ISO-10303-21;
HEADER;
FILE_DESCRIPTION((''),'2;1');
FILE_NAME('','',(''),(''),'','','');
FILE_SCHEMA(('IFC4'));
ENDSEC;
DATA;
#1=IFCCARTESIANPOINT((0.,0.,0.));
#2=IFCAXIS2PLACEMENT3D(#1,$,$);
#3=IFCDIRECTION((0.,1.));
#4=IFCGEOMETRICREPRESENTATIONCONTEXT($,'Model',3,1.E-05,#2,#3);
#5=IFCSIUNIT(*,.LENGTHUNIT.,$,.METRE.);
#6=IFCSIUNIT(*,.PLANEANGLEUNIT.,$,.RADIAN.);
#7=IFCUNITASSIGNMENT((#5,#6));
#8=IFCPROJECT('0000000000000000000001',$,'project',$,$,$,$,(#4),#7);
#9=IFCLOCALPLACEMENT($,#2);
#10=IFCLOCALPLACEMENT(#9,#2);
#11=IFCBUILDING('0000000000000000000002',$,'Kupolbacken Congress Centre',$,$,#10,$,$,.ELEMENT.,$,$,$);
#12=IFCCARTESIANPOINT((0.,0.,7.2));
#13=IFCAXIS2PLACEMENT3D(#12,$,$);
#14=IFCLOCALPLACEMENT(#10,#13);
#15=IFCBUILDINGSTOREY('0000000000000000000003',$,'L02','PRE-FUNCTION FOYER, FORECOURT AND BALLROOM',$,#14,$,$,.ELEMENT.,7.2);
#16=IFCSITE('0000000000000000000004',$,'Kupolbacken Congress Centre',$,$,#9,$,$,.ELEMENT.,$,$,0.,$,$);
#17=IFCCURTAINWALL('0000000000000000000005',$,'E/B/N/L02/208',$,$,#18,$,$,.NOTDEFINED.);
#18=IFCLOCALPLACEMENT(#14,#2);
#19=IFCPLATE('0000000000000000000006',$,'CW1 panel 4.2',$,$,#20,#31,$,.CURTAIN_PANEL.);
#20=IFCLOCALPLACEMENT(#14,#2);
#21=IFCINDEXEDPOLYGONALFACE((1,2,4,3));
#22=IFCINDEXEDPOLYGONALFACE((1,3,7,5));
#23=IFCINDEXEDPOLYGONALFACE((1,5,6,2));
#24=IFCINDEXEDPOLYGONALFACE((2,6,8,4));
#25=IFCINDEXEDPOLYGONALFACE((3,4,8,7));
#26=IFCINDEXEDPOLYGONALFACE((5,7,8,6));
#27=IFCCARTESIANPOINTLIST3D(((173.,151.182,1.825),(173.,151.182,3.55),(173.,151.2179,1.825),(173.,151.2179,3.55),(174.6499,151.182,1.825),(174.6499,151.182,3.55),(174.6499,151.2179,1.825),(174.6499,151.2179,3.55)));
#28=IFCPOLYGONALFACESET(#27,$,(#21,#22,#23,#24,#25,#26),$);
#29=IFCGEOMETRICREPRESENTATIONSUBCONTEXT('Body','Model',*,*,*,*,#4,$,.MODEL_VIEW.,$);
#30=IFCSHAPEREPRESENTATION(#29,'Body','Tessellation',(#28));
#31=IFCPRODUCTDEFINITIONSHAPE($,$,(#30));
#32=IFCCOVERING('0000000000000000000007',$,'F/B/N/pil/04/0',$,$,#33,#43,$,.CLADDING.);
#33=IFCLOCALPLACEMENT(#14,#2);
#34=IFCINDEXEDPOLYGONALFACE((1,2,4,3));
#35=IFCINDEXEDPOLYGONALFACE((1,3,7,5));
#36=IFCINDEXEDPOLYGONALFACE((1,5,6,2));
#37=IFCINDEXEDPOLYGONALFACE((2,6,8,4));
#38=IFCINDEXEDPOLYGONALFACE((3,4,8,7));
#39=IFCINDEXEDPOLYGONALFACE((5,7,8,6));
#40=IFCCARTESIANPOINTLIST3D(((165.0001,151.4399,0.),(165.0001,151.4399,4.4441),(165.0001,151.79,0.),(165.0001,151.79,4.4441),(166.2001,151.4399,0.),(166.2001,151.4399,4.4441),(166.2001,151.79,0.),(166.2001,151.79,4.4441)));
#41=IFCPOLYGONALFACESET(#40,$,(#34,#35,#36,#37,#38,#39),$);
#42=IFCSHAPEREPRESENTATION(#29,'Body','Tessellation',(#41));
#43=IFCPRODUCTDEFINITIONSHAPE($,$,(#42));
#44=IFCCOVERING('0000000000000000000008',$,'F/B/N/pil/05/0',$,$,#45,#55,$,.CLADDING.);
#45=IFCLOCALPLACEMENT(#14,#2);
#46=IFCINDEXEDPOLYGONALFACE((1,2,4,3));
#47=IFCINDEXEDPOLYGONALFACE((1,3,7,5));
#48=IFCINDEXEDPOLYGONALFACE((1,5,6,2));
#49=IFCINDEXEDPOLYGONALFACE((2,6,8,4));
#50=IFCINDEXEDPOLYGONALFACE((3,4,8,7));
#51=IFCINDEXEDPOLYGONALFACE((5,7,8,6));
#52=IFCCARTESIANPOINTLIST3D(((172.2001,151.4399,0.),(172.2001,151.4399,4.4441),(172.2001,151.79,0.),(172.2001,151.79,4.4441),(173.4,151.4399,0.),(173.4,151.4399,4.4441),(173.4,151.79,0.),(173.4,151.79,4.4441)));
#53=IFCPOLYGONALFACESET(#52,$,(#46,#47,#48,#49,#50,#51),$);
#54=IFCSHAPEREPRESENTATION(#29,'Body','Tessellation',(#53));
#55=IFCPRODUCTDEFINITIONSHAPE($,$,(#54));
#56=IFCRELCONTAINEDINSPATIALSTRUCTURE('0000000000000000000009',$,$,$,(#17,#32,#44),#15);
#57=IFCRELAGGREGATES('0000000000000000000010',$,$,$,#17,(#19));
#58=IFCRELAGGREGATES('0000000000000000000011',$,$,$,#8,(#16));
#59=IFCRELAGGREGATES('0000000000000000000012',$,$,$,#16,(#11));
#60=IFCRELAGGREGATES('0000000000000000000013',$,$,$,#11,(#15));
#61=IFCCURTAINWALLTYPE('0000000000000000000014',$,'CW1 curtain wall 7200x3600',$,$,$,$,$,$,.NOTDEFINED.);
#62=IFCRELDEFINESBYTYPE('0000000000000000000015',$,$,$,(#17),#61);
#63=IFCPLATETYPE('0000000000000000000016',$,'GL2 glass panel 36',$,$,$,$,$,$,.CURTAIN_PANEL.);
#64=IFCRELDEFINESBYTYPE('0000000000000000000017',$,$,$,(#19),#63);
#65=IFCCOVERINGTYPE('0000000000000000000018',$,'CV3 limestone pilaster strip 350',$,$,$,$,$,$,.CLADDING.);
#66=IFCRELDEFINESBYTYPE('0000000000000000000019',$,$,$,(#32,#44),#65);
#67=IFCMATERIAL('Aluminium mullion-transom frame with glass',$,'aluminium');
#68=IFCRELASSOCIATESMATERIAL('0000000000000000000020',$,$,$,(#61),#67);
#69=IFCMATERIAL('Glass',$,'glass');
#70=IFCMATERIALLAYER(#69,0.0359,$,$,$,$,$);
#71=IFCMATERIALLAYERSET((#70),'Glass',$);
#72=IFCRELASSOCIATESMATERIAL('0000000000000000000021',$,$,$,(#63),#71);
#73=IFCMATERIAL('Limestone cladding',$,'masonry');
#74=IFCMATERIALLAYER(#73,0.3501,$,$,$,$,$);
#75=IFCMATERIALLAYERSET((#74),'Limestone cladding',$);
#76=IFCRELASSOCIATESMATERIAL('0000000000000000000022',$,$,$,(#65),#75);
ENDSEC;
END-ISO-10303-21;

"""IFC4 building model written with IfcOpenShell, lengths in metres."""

from ifc_helpers import new_model, si_unit, direction, frame, origin, origin_2d, place, context, subcontext, project, spatial, rectangle, extrude, material, layer, layer_set, type_object, element, aggregate, save


model = new_model("IFC4")

# Units and contexts
model_context = context("Model", 3, precision=1e-05, world=origin(), true_north=direction((0.0, 1.0)))
body_context = subcontext(model_context, "Body", "Model", "MODEL_VIEW")
ifc_project = project(units=[si_unit("LENGTHUNIT", "METRE"), si_unit("PLANEANGLEUNIT", "RADIAN")], contexts=[model_context])

# Site, building, storey
site_placement = place(None, origin())
site = spatial("IfcSite", under=ifc_project, at=site_placement, Name="Kupolbacken Congress Centre", CompositionType="ELEMENT", RefElevation=0.0)
building_placement = place(site_placement, origin())
building = spatial("IfcBuilding", under=site, at=building_placement, Name="Kupolbacken Congress Centre", CompositionType="ELEMENT")
storey_placement = place(building_placement, frame((0.0, 0.0, 7.2)))
storey = spatial("IfcBuildingStorey", under=building, at=storey_placement, Name="L02", Description="PRE-FUNCTION FOYER, FORECOURT AND BALLROOM", CompositionType="ELEMENT", Elevation=7.2)

# Curtain wall, plate
ifc_material_1 = material(Name="Aluminium mullion-transom frame with glass", Category="aluminium")
curtain_wall_type = type_object("IfcCurtainWallType", Name="CW1 curtain wall 7200x3600", PredefinedType="NOTDEFINED", material=ifc_material_1)
curtain_wall_placement = place(storey_placement, origin())
curtain_wall = element("IfcCurtainWall", 1, at=curtain_wall_placement, inside=storey, type_object=curtain_wall_type, Name="E/B/N/L02/208", PredefinedType="NOTDEFINED")
ifc_material_2 = material(Name="Glass", Category="glass")
ifc_layer_1 = layer(ifc_material_2, 0.0359)
ifc_layer_set_1 = layer_set([ifc_layer_1], Name="Glass")
plate_type = type_object("IfcPlateType", Name="GL2 glass panel 36", PredefinedType="CURTAIN_PANEL", material=ifc_layer_set_1)
plate_1_placement = place(storey_placement, frame((173.825, 151.2, 1.825), z_axis=(0.0, 0.0, 1.0), x_axis=(-1.0, 0.0, 0.0)))
plate_1 = element("IfcPlate", 2, at=plate_1_placement, type_object=plate_type, Name="CW1 panel 4.2", PredefinedType="CURTAIN_PANEL", context=body_context, shape_type="SweptSolid", body=[
    extrude(rectangle(XDim=1.6499, YDim=0.0359, at=origin_2d()), origin(), (0.0, 0.0, 1.0), 1.7251),
])
aggregate(curtain_wall, [plate_1])

# Coverings
ifc_material_3 = material(Name="Limestone cladding", Category="masonry")
ifc_layer_2 = layer(ifc_material_3, 0.3501)
ifc_layer_set_2 = layer_set([ifc_layer_2], Name="Limestone cladding")
covering_type = type_object("IfcCoveringType", Name="CV3 limestone pilaster strip 350", PredefinedType="CLADDING", material=ifc_layer_set_2)
for number, where, z_axis, x_axis, name in (
    (3, (165.6001, 151.615, 0.0), (0.0, 0.0, 1.0), (1.0, 0.0, 0.0), "F/B/N/pil/04/0"),
    (4, (172.8, 151.615, 0.0), (0.0, 0.0, 1.0), (1.0, 0.0, 0.0), "F/B/N/pil/05/0"),
):
    element("IfcCovering", number, at=place(storey_placement, frame(where, z_axis=z_axis, x_axis=x_axis)), inside=storey, type_object=covering_type, Name=name, PredefinedType="CLADDING", context=body_context, shape_type="SweptSolid", body=[
        extrude(rectangle(XDim=1.2, YDim=0.3501, at=origin_2d()), origin(), (0.0, 0.0, 1.0), 4.4441),
    ])

save(model, "model.ifc")
